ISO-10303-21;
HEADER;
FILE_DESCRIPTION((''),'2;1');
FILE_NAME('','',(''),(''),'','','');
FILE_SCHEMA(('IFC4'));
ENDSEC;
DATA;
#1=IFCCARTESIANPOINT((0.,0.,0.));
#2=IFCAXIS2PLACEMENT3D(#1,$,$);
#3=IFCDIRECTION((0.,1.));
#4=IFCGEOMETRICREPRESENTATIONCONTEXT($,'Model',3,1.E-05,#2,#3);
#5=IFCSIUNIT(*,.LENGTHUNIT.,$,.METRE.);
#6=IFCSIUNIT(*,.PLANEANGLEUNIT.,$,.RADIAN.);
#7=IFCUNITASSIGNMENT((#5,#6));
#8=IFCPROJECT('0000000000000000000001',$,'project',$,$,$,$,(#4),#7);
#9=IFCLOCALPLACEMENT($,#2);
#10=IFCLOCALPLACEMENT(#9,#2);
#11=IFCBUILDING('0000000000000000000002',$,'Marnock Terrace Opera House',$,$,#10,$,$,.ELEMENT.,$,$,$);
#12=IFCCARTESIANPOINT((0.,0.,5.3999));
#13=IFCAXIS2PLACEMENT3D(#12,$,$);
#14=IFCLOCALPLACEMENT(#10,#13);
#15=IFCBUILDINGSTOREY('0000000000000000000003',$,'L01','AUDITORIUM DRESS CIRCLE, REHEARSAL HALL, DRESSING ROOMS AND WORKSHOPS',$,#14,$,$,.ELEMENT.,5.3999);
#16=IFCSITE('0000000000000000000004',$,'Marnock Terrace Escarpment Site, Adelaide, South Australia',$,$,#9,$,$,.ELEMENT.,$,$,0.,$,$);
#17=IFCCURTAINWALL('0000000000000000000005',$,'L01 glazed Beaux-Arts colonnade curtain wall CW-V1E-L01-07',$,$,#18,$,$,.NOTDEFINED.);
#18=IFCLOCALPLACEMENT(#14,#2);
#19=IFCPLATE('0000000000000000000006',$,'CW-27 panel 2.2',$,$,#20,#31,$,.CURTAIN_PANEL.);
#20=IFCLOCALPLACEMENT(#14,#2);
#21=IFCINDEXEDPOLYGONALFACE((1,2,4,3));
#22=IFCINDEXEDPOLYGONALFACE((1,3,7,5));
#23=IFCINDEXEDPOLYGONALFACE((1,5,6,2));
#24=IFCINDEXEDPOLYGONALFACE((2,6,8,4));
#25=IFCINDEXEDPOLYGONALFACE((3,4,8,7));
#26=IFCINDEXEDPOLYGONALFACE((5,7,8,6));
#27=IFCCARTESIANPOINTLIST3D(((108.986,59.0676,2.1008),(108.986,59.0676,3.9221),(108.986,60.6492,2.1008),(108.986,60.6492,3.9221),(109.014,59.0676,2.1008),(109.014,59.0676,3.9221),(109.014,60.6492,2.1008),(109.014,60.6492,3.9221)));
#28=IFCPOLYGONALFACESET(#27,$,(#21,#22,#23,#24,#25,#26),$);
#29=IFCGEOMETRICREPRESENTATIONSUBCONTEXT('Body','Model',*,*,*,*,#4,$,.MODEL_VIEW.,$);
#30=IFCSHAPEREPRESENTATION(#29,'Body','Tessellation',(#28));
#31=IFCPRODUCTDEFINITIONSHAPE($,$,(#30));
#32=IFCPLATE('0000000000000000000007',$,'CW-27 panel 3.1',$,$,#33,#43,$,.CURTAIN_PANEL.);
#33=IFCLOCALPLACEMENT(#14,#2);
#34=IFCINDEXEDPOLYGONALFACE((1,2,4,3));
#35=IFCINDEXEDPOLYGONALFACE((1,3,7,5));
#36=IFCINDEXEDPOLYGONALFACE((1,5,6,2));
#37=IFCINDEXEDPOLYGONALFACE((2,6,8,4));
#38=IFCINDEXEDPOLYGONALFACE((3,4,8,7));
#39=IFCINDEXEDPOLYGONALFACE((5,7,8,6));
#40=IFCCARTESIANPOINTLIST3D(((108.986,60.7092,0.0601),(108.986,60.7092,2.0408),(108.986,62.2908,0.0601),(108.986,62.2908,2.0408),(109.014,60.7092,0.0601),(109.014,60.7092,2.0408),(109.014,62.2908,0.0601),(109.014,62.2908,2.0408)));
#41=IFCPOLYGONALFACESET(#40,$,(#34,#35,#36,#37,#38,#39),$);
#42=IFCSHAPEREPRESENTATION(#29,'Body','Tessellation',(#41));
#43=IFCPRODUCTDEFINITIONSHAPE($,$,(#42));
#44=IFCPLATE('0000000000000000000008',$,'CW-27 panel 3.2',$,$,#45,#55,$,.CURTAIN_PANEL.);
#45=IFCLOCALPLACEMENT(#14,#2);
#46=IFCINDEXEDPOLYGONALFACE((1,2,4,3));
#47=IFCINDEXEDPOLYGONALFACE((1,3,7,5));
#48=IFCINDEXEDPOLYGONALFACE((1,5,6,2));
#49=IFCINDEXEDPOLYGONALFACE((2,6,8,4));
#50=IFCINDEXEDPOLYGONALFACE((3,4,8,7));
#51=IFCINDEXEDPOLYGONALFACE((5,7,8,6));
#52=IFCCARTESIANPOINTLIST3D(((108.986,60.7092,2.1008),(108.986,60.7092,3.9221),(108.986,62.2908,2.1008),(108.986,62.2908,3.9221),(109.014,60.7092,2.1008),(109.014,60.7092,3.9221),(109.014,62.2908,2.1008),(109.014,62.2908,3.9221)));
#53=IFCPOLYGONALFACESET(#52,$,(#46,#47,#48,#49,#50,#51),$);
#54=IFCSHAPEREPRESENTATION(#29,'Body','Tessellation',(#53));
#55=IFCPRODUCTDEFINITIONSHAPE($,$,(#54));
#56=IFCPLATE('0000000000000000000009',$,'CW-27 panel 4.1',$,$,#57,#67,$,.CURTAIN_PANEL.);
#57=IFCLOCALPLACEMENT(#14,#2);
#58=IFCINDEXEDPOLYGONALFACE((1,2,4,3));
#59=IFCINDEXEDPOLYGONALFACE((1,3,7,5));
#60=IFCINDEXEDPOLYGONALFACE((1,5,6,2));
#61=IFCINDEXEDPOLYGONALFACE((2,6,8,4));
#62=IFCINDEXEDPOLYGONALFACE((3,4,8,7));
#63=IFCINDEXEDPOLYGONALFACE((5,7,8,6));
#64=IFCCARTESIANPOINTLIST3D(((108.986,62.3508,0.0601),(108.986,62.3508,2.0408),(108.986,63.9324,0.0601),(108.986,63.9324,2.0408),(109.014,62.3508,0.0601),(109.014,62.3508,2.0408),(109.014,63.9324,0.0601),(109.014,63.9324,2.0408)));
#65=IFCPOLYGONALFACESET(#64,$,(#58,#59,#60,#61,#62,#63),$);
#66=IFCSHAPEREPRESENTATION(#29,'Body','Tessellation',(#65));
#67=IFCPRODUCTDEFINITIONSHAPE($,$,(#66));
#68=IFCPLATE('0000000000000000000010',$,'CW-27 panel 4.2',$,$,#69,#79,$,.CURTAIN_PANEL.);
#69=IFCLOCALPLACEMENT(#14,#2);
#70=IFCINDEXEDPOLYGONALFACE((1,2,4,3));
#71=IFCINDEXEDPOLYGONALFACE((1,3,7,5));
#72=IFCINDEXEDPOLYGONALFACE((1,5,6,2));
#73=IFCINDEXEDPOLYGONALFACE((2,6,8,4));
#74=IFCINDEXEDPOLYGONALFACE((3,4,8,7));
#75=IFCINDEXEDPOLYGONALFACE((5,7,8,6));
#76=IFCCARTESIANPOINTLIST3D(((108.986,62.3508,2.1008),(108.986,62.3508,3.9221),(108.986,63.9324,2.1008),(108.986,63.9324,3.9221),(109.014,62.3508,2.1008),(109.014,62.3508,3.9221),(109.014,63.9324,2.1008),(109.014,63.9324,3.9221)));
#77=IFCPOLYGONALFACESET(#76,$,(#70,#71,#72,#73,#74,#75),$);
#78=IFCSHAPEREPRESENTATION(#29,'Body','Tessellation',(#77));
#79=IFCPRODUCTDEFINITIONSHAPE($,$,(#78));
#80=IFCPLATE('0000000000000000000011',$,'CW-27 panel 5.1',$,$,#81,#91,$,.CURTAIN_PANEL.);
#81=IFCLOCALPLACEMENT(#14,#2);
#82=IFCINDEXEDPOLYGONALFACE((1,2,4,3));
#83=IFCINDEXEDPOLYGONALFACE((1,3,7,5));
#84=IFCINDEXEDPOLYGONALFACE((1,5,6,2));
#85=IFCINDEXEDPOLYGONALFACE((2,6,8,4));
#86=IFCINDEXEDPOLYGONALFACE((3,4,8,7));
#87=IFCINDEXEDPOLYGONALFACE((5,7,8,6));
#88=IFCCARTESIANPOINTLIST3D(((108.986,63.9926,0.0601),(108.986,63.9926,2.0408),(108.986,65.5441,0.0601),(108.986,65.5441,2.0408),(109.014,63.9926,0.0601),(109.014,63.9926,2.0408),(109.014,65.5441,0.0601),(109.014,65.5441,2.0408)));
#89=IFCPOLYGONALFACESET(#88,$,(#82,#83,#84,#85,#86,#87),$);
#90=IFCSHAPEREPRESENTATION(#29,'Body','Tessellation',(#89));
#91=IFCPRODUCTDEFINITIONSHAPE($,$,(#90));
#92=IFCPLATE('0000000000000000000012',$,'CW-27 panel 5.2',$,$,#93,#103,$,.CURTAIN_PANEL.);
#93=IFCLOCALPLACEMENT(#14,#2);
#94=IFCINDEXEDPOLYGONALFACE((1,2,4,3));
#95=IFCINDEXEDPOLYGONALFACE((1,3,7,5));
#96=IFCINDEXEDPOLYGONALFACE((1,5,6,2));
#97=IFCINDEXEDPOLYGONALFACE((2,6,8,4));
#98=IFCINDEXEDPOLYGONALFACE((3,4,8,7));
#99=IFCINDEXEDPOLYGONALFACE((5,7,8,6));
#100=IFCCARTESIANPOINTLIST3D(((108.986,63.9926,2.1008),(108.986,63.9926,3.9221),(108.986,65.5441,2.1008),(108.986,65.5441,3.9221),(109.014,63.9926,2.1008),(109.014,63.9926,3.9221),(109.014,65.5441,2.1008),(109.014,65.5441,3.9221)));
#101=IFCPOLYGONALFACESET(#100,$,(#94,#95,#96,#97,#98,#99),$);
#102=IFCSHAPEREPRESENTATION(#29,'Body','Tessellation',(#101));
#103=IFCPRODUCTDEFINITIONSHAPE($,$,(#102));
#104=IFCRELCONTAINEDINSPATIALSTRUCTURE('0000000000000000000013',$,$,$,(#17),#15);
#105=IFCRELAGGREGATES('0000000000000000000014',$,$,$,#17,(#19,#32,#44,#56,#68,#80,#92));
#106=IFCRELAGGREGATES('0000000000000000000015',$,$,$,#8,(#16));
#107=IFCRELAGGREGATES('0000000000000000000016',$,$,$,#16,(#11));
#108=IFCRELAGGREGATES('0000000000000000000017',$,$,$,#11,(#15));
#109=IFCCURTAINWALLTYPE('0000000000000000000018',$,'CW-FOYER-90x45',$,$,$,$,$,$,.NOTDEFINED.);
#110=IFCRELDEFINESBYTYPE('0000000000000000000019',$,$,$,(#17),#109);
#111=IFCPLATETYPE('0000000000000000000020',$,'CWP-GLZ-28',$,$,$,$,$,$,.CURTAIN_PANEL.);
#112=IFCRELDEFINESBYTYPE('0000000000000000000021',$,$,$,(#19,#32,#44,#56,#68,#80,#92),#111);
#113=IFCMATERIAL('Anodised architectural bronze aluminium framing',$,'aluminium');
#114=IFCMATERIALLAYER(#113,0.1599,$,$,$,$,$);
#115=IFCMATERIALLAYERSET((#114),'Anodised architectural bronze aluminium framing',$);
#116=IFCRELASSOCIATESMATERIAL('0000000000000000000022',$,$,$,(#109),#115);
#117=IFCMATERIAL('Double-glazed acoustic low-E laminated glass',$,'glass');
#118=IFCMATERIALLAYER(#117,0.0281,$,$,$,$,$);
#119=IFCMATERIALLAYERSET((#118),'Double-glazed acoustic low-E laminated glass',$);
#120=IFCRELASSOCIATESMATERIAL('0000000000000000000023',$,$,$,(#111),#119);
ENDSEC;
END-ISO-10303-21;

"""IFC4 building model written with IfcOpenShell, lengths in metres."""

from ifc_helpers import new_model, si_unit, direction, frame, origin, origin_2d, place, context, subcontext, project, spatial, rectangle, extrude, material, layer, layer_set, type_object, element, aggregate, save


model = new_model("IFC4")

# Units and contexts
model_context = context("Model", 3, precision=1e-05, world=origin(), true_north=direction((0.0, 1.0)))
body_context = subcontext(model_context, "Body", "Model", "MODEL_VIEW")
ifc_project = project(units=[si_unit("LENGTHUNIT", "METRE"), si_unit("PLANEANGLEUNIT", "RADIAN")], contexts=[model_context])

# Site, building, storey
site_placement = place(None, origin())
site = spatial("IfcSite", under=ifc_project, at=site_placement, Name="Marnock Terrace Escarpment Site, Adelaide, South Australia", CompositionType="ELEMENT", RefElevation=0.0)
building_placement = place(site_placement, origin())
building = spatial("IfcBuilding", under=site, at=building_placement, Name="Marnock Terrace Opera House", CompositionType="ELEMENT")
storey_placement = place(building_placement, frame((0.0, 0.0, 5.3999)))
storey = spatial("IfcBuildingStorey", under=building, at=storey_placement, Name="L01", Description="AUDITORIUM DRESS CIRCLE, REHEARSAL HALL, DRESSING ROOMS AND WORKSHOPS", CompositionType="ELEMENT", Elevation=5.3999)

# Curtain wall
ifc_material_1 = material(Name="Anodised architectural bronze aluminium framing", Category="aluminium")
ifc_layer_1 = layer(ifc_material_1, 0.1599)
ifc_layer_set_1 = layer_set([ifc_layer_1], Name="Anodised architectural bronze aluminium framing")
curtain_wall_type_1 = type_object("IfcCurtainWallType", Name="CW-FOYER-90x45", PredefinedType="NOTDEFINED", material=ifc_layer_set_1)
curtain_wall_1_placement = place(storey_placement, origin())
curtain_wall_1 = element("IfcCurtainWall", 1, at=curtain_wall_1_placement, inside=storey, type_object=curtain_wall_type_1, Name="L01 glazed Beaux-Arts colonnade curtain wall CW-V1E-L01-07", PredefinedType="NOTDEFINED")

# Plates
ifc_material_2 = material(Name="Double-glazed acoustic low-E laminated glass", Category="glass")
ifc_layer_2 = layer(ifc_material_2, 0.0281)
ifc_layer_set_2 = layer_set([ifc_layer_2], Name="Double-glazed acoustic low-E laminated glass")
plate_type = type_object("IfcPlateType", Name="CWP-GLZ-28", PredefinedType="CURTAIN_PANEL", material=ifc_layer_set_2)
plate_1_placement = place(storey_placement, frame((109.0, 59.8584, 2.1008), z_axis=(0.0, 0.0, 1.0), x_axis=(0.0, 1.0, 0.0)))
plate_1 = element("IfcPlate", 2, at=plate_1_placement, type_object=plate_type, Name="CW-27 panel 2.2", PredefinedType="CURTAIN_PANEL", context=body_context, shape_type="SweptSolid", body=[
    extrude(rectangle(XDim=1.5815, YDim=0.0281, at=origin_2d()), origin(), (0.0, 0.0, 1.0), 1.8213),
])
plate_2_placement = place(storey_placement, frame((109.0, 61.5, 0.0601), z_axis=(0.0, 0.0, 1.0), x_axis=(0.0, 1.0, 0.0)))
plate_2 = element("IfcPlate", 3, at=plate_2_placement, type_object=plate_type, Name="CW-27 panel 3.1", PredefinedType="CURTAIN_PANEL", context=body_context, shape_type="SweptSolid", body=[
    extrude(rectangle(XDim=1.5815, YDim=0.0281, at=origin_2d()), origin(), (0.0, 0.0, 1.0), 1.9807),
])
plate_3_placement = place(storey_placement, frame((109.0, 61.5, 2.1008), z_axis=(0.0, 0.0, 1.0), x_axis=(0.0, 1.0, 0.0)))
plate_3 = element("IfcPlate", 4, at=plate_3_placement, type_object=plate_type, Name="CW-27 panel 3.2", PredefinedType="CURTAIN_PANEL", context=body_context, shape_type="SweptSolid", body=[
    extrude(rectangle(XDim=1.5815, YDim=0.0281, at=origin_2d()), origin(), (0.0, 0.0, 1.0), 1.8213),
])
plate_4_placement = place(storey_placement, frame((109.0, 63.1416, 0.0601), z_axis=(0.0, 0.0, 1.0), x_axis=(0.0, 1.0, 0.0)))
plate_4 = element("IfcPlate", 5, at=plate_4_placement, type_object=plate_type, Name="CW-27 panel 4.1", PredefinedType="CURTAIN_PANEL", context=body_context, shape_type="SweptSolid", body=[
    extrude(rectangle(XDim=1.5815, YDim=0.0281, at=origin_2d()), origin(), (0.0, 0.0, 1.0), 1.9807),
])
plate_5_placement = place(storey_placement, frame((109.0, 63.1416, 2.1008), z_axis=(0.0, 0.0, 1.0), x_axis=(0.0, 1.0, 0.0)))
plate_5 = element("IfcPlate", 6, at=plate_5_placement, type_object=plate_type, Name="CW-27 panel 4.2", PredefinedType="CURTAIN_PANEL", context=body_context, shape_type="SweptSolid", body=[
    extrude(rectangle(XDim=1.5815, YDim=0.0281, at=origin_2d()), origin(), (0.0, 0.0, 1.0), 1.8213),
])
plate_6_placement = place(storey_placement, frame((109.0, 64.7683, 0.0601), z_axis=(0.0, 0.0, 1.0), x_axis=(0.0, 1.0, 0.0)))
plate_6 = element("IfcPlate", 7, at=plate_6_placement, type_object=plate_type, Name="CW-27 panel 5.1", PredefinedType="CURTAIN_PANEL", context=body_context, shape_type="SweptSolid", body=[
    extrude(rectangle(XDim=1.5515, YDim=0.0281, at=origin_2d()), origin(), (0.0, 0.0, 1.0), 1.9807),
])
plate_7_placement = place(storey_placement, frame((109.0, 64.7683, 2.1008), z_axis=(0.0, 0.0, 1.0), x_axis=(0.0, 1.0, 0.0)))
plate_7 = element("IfcPlate", 8, at=plate_7_placement, type_object=plate_type, Name="CW-27 panel 5.2", PredefinedType="CURTAIN_PANEL", context=body_context, shape_type="SweptSolid", body=[
    extrude(rectangle(XDim=1.5515, YDim=0.0281, at=origin_2d()), origin(), (0.0, 0.0, 1.0), 1.8213),
])
aggregate(curtain_wall_1, [plate_1, plate_2, plate_3, plate_4, plate_5, plate_6, plate_7])

save(model, "model.ifc")
